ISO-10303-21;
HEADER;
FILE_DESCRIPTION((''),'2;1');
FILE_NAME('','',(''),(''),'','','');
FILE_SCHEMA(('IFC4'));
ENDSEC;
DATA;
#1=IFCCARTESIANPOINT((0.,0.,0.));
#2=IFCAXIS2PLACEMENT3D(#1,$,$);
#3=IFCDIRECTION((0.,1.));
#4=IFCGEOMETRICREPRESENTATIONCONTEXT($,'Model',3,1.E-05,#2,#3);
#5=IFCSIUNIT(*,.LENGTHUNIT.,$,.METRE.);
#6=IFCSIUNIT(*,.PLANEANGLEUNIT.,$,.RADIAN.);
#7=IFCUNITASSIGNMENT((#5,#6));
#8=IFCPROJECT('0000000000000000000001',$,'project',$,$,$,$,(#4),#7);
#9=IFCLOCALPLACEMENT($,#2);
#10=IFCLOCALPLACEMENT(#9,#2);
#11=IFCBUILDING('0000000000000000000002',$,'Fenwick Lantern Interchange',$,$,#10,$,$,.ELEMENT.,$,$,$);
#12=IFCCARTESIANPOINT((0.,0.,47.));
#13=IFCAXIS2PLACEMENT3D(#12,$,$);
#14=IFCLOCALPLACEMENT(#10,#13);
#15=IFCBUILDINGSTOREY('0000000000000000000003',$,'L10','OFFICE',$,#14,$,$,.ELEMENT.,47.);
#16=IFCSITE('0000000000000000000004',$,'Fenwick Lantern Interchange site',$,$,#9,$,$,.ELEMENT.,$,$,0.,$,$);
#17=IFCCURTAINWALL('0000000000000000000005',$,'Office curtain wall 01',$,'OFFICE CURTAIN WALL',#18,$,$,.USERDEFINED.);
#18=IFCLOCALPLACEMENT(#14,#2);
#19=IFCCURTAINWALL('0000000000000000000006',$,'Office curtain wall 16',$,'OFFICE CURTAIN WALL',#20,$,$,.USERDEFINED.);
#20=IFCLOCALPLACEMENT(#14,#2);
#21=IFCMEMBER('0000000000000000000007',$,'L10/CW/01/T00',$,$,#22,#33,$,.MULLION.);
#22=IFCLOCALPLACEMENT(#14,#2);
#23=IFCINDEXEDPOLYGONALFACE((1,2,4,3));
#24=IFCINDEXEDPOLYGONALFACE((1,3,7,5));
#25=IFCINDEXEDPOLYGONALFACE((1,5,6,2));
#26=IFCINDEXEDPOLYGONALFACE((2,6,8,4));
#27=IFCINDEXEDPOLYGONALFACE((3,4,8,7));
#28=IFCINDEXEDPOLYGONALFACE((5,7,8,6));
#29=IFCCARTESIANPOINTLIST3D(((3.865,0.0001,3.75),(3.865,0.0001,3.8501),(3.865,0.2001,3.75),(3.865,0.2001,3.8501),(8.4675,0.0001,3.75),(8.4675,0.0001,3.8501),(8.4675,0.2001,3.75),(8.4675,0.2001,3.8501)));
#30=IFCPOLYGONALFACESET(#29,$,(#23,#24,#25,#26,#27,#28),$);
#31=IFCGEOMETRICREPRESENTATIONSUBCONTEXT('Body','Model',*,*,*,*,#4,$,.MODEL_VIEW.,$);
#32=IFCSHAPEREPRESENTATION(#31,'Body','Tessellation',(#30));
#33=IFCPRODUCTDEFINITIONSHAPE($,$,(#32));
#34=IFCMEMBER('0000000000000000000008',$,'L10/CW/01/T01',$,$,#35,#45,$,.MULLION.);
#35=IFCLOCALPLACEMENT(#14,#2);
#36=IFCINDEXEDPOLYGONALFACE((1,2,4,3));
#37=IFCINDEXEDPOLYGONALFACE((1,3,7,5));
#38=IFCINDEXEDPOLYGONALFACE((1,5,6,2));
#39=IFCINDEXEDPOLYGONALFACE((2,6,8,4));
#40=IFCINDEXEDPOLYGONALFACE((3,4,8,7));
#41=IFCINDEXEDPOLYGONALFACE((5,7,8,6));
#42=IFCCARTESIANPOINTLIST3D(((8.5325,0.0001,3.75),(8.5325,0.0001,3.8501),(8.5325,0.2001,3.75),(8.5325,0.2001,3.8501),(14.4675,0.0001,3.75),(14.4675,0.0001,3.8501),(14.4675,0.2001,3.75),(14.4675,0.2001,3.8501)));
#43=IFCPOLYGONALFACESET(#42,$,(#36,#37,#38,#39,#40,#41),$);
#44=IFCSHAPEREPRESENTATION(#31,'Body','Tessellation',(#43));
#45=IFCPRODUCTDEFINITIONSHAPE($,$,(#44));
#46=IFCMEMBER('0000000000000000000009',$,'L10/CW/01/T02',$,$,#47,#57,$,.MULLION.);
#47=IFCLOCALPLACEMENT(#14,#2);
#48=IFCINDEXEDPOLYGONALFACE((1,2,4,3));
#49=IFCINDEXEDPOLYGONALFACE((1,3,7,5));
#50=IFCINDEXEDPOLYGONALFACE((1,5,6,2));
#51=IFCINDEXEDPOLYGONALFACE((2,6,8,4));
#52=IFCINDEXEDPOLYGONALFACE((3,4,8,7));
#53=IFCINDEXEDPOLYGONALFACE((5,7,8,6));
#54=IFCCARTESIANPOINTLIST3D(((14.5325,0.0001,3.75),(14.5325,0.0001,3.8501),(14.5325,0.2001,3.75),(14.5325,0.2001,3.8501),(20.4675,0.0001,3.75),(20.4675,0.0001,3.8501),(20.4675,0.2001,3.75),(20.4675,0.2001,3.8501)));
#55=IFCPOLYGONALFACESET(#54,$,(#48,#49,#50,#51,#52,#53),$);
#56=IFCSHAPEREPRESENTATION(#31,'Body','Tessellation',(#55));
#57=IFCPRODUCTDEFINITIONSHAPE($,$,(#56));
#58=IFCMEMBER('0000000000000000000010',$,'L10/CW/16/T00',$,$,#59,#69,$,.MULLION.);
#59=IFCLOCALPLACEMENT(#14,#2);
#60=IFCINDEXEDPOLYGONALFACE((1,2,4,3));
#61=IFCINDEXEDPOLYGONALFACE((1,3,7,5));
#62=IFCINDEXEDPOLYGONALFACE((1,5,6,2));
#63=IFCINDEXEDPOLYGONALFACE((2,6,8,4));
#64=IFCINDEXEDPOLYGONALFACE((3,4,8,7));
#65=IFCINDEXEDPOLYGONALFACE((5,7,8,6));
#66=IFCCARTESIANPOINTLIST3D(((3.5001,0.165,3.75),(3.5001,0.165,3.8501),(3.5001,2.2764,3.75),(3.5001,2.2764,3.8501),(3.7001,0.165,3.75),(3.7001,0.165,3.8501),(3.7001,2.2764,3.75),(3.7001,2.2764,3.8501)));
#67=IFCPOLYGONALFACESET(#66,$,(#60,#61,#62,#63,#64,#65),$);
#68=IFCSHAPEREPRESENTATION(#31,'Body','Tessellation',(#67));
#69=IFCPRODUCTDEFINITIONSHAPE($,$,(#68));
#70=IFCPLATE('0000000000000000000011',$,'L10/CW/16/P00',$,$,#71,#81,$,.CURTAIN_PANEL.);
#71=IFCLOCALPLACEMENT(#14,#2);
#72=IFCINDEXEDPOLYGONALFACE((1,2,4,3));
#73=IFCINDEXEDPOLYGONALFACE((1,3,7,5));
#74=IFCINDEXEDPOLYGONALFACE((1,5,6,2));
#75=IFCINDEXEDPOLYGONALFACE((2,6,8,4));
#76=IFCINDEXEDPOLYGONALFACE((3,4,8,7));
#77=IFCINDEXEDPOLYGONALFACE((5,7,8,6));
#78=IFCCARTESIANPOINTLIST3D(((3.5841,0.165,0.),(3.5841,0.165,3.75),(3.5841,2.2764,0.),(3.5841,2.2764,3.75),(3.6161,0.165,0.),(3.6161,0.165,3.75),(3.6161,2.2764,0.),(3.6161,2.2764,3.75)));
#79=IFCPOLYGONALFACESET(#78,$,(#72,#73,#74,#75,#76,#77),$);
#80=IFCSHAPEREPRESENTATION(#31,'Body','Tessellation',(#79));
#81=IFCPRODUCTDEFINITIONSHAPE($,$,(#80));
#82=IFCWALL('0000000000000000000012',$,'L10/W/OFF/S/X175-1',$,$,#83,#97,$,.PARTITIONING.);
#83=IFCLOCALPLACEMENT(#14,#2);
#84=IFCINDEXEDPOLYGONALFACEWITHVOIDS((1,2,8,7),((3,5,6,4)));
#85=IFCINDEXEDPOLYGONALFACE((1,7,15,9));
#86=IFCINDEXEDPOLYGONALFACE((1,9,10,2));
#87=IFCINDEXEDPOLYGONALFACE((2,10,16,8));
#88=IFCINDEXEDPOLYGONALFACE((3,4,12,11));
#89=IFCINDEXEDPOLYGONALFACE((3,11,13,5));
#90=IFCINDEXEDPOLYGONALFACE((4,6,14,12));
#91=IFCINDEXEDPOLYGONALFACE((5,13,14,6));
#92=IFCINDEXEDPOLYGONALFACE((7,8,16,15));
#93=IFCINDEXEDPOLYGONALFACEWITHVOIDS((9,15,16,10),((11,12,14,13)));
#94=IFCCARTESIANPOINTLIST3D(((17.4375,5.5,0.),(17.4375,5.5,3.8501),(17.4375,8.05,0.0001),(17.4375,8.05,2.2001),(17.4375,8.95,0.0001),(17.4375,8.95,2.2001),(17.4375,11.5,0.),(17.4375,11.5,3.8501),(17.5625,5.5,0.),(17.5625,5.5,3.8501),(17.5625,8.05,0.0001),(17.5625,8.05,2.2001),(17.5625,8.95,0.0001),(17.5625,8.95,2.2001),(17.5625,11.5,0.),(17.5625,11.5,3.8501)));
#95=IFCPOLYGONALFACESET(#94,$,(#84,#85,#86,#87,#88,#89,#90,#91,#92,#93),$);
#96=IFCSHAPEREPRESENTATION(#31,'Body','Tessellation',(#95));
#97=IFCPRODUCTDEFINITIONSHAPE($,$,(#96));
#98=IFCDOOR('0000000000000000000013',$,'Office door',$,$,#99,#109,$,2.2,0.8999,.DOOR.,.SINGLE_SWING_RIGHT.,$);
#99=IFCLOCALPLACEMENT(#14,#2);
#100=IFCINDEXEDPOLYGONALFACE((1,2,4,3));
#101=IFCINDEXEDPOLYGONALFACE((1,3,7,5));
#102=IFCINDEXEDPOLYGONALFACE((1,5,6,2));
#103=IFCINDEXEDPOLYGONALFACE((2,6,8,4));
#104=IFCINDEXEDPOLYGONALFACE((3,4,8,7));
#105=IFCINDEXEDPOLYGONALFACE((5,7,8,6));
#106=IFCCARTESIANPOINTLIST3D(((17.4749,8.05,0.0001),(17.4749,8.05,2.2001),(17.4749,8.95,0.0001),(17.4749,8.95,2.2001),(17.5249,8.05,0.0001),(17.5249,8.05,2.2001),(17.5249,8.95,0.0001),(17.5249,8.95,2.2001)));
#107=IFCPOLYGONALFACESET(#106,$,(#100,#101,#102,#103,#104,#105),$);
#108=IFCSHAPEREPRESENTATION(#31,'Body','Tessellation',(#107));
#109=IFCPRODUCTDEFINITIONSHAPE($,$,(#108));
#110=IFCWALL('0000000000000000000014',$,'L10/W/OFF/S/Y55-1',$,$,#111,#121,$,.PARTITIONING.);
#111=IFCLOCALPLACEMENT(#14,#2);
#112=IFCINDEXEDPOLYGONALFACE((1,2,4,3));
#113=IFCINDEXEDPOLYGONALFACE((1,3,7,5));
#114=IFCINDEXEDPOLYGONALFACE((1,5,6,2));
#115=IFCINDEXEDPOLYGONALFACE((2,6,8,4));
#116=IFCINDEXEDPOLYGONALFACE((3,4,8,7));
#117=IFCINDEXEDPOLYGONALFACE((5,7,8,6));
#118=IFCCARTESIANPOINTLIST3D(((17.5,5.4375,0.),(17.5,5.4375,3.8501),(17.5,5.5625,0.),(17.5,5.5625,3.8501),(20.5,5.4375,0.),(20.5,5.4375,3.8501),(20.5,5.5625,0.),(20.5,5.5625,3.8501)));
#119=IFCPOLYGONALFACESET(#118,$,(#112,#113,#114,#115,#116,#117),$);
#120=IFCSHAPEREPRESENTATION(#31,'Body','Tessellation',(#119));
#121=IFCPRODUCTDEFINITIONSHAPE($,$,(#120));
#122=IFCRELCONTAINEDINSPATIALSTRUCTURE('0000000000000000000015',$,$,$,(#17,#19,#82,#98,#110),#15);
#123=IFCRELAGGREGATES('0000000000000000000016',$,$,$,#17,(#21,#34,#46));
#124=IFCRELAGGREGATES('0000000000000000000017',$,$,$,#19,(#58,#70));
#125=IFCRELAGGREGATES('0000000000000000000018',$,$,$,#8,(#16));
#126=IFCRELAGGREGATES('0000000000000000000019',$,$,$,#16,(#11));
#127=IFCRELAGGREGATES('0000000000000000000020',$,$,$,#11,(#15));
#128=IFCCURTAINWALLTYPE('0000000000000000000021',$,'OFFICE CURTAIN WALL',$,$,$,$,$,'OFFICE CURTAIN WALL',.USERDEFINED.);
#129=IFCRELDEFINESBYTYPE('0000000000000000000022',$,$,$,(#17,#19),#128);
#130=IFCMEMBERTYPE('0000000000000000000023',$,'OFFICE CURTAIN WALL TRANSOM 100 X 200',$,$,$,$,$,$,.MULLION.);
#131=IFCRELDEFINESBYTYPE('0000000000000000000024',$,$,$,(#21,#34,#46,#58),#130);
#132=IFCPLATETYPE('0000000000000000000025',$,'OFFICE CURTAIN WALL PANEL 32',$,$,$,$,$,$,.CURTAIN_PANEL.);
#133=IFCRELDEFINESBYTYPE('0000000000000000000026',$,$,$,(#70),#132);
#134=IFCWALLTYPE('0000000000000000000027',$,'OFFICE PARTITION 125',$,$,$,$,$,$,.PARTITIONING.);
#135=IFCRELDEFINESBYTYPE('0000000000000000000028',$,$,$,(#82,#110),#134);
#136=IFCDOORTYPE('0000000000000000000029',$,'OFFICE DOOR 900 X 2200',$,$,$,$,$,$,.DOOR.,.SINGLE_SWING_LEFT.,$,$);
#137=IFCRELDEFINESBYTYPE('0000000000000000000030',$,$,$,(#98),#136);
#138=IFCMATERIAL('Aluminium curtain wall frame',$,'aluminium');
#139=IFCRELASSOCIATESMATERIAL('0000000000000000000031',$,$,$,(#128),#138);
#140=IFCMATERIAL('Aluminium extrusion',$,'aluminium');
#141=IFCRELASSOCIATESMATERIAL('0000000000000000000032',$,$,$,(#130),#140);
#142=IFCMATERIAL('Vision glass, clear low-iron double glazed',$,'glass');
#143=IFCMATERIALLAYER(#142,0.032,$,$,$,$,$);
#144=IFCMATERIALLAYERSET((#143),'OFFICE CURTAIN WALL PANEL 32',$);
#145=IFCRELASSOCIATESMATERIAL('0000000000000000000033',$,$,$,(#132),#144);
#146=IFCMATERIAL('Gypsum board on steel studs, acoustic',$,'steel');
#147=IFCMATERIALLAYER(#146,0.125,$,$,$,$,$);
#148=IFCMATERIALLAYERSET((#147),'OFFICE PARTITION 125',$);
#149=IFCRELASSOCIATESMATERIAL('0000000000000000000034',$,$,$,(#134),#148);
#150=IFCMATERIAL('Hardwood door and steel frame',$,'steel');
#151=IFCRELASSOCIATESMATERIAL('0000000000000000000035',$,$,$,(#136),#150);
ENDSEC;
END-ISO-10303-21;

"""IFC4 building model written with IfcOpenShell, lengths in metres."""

from ifc_helpers import new_model, si_unit, direction, frame, frame_2d, origin, origin_2d, place, context, subcontext, project, spatial, rectangle, extrude, material, layer, layer_set, material_profile, profile_set, type_object, element, fill, aggregate, save


model = new_model("IFC4")

# Units and contexts
model_context = context("Model", 3, precision=1e-05, world=origin(), true_north=direction((0.0, 1.0)))
body_context = subcontext(model_context, "Body", "Model", "MODEL_VIEW")
ifc_project = project(units=[si_unit("LENGTHUNIT", "METRE"), si_unit("PLANEANGLEUNIT", "RADIAN")], contexts=[model_context])

# Site, building, storey
site_placement = place(None, origin())
site = spatial("IfcSite", under=ifc_project, at=site_placement, Name="Fenwick Lantern Interchange site", CompositionType="ELEMENT", RefElevation=0.0)
building_placement = place(site_placement, origin())
building = spatial("IfcBuilding", under=site, at=building_placement, Name="Fenwick Lantern Interchange", CompositionType="ELEMENT")
storey_placement = place(building_placement, frame((0.0, 0.0, 47.0)))
storey = spatial("IfcBuildingStorey", under=building, at=storey_placement, Name="L10", Description="OFFICE", CompositionType="ELEMENT", Elevation=47.0)

# Curtain wall
ifc_material_1 = material(Name="Aluminium curtain wall frame", Category="aluminium")
curtain_wall_type = type_object("IfcCurtainWallType", Name="OFFICE CURTAIN WALL", ElementType="OFFICE CURTAIN WALL", PredefinedType="USERDEFINED", material=ifc_material_1)
curtain_wall_1_placement = place(storey_placement, origin())
curtain_wall_1 = element("IfcCurtainWall", 1, at=curtain_wall_1_placement, inside=storey, type_object=curtain_wall_type, Name="Office curtain wall 01", ObjectType="OFFICE CURTAIN WALL", PredefinedType="USERDEFINED")
ifc_material_2 = material(Name="Aluminium extrusion", Category="aluminium")

# Curtain wall
curtain_wall_2_placement = place(storey_placement, origin())
curtain_wall_2 = element("IfcCurtainWall", 2, at=curtain_wall_2_placement, inside=storey, type_object=curtain_wall_type, Name="Office curtain wall 16", ObjectType="OFFICE CURTAIN WALL", PredefinedType="USERDEFINED")

# Members
ifc_material_profile_1 = material_profile(ifc_material_2, rectangle(XDim=0.2, YDim=0.1001, at=origin_2d()), Name="OFFICE CURTAIN WALL TRANSOM 100 X 200")
ifc_profile_set_1 = profile_set([ifc_material_profile_1], Name="Aluminium extrusion")
member_type_1 = type_object("IfcMemberType", Name="OFFICE CURTAIN WALL TRANSOM 100 X 200", PredefinedType="MULLION", material=ifc_profile_set_1)
member_1_placement = place(storey_placement, frame((3.865, 0.1001, 3.8), z_axis=(1.0, 0.0, 0.0), x_axis=(0.0, 1.0, 0.0)))
member_1 = element("IfcMember", 3, at=member_1_placement, type_object=member_type_1, Name="L10/CW/01/T00", PredefinedType="MULLION", context=body_context, shape_type="SweptSolid", body=[
    extrude(rectangle(XDim=0.2, YDim=0.1001, at=origin_2d()), origin(), (0.0, 0.0, 1.0), 4.6025),
])
member_2_placement = place(storey_placement, frame((8.5325, 0.1001, 3.8), z_axis=(1.0, 0.0, 0.0), x_axis=(0.0, 1.0, 0.0)))
member_2 = element("IfcMember", 4, at=member_2_placement, type_object=member_type_1, Name="L10/CW/01/T01", PredefinedType="MULLION", context=body_context, shape_type="SweptSolid", body=[
    extrude(rectangle(XDim=0.2, YDim=0.1001, at=origin_2d()), origin(), (0.0, 0.0, 1.0), 5.9351),
])
member_3_placement = place(storey_placement, frame((14.5325, 0.1001, 3.8), z_axis=(1.0, 0.0, 0.0), x_axis=(0.0, 1.0, 0.0)))
member_3 = element("IfcMember", 5, at=member_3_placement, type_object=member_type_1, Name="L10/CW/01/T02", PredefinedType="MULLION", context=body_context, shape_type="SweptSolid", body=[
    extrude(rectangle(XDim=0.2, YDim=0.1001, at=origin_2d()), origin(), (0.0, 0.0, 1.0), 5.9351),
])
aggregate(curtain_wall_1, [member_1, member_2, member_3])
member_4_placement = place(storey_placement, frame((3.6001, 2.2764, 3.8), z_axis=(0.0, -1.0, 0.0), x_axis=(1.0, 0.0, 0.0)))
member_4 = element("IfcMember", 6, at=member_4_placement, type_object=member_type_1, Name="L10/CW/16/T00", PredefinedType="MULLION", context=body_context, shape_type="SweptSolid", body=[
    extrude(rectangle(XDim=0.2, YDim=0.1001, at=origin_2d()), origin(), (0.0, 0.0, 1.0), 2.1113),
])

# Plate
ifc_material_3 = material(Name="Vision glass, clear low-iron double glazed", Category="glass")
ifc_layer_1 = layer(ifc_material_3, 0.032)
ifc_layer_set_1 = layer_set([ifc_layer_1], Name="OFFICE CURTAIN WALL PANEL 32")
plate_type = type_object("IfcPlateType", Name="OFFICE CURTAIN WALL PANEL 32", PredefinedType="CURTAIN_PANEL", material=ifc_layer_set_1)
plate_placement = place(storey_placement, frame((3.6001, 1.2207, 0.0), z_axis=(0.0, 0.0, 1.0), x_axis=(0.0, -1.0, 0.0)))
plate = element("IfcPlate", 7, at=plate_placement, type_object=plate_type, Name="L10/CW/16/P00", PredefinedType="CURTAIN_PANEL", context=body_context, shape_type="SweptSolid", body=[
    extrude(rectangle(XDim=2.1113, YDim=0.032, at=origin_2d()), origin(), (0.0, 0.0, 1.0), 3.75),
])
aggregate(curtain_wall_2, [member_4, plate])

# Wall, opening, door
ifc_material_4 = material(Name="Gypsum board on steel studs, acoustic", Category="steel")
ifc_layer_2 = layer(ifc_material_4, 0.125)
ifc_layer_set_2 = layer_set([ifc_layer_2], Name="OFFICE PARTITION 125")
wall_type = type_object("IfcWallType", Name="OFFICE PARTITION 125", PredefinedType="PARTITIONING", material=ifc_layer_set_2)
wall_1_placement = place(storey_placement, frame((17.5, 5.5, 0.0), z_axis=(0.0, 0.0, 1.0), x_axis=(0.0, 1.0, 0.0)))
wall_1 = element("IfcWall", 8, at=wall_1_placement, inside=storey, type_object=wall_type, Name="L10/W/OFF/S/X175-1", PredefinedType="PARTITIONING", context=body_context, shape_type="SweptSolid", body=[
    extrude(rectangle(XDim=6.0, YDim=0.125, at=frame_2d((3.0, 0.0))), origin(), (0.0, 0.0, 1.0), 3.8501),
])
opening_placement = place(wall_1_placement, frame((2.55, 0.0, 0.0)))
opening = element("IfcOpeningElement", 9, at=opening_placement, cuts=wall_1, PredefinedType="OPENING", context=body_context, shape_type="SweptSolid", body=[
    extrude(rectangle(XDim=0.8999, YDim=2.2, at=frame_2d((0.45, 1.1001))), frame((0.0, 0.0725, 0.0), z_axis=(0.0, -1.0, 0.0), x_axis=(1.0, 0.0, 0.0)), (0.0, 0.0, 1.0), 0.145),
])
ifc_material_5 = material(Name="Hardwood door and steel frame", Category="steel")
door_type = type_object("IfcDoorType", Name="OFFICE DOOR 900 X 2200", OperationType="SINGLE_SWING_LEFT", PredefinedType="DOOR", material=ifc_material_5)
door_placement = place(opening_placement, frame((0.8999, 0.0, 0.0), z_axis=(0.0, 0.0, 1.0), x_axis=(-1.0, 0.0, 0.0)))
door = element("IfcDoor", 10, at=door_placement, inside=storey, type_object=door_type, Name="Office door", OperationType="SINGLE_SWING_RIGHT", OverallHeight=2.2, OverallWidth=0.8999, PredefinedType="DOOR", context=body_context, shape_type="SweptSolid", body=[
    extrude(rectangle(XDim=0.8999, YDim=2.2, at=frame_2d((0.45, 1.1001))), frame((0.0, 0.0249, 0.0), z_axis=(0.0, -1.0, 0.0), x_axis=(1.0, 0.0, 0.0)), (0.0, 0.0, 1.0), 0.05),
])
fill(opening, door)

# Wall
wall_2_placement = place(storey_placement, frame((17.5, 5.5, 0.0), z_axis=(0.0, 0.0, 1.0), x_axis=(1.0, 0.0, 0.0)))
element("IfcWall", 11, at=wall_2_placement, inside=storey, type_object=wall_type, Name="L10/W/OFF/S/Y55-1", PredefinedType="PARTITIONING", context=body_context, shape_type="SweptSolid", body=[
    extrude(rectangle(XDim=3.0, YDim=0.125, at=frame_2d((1.5, 0.0))), origin(), (0.0, 0.0, 1.0), 3.8501),
])

save(model, "model.ifc")
